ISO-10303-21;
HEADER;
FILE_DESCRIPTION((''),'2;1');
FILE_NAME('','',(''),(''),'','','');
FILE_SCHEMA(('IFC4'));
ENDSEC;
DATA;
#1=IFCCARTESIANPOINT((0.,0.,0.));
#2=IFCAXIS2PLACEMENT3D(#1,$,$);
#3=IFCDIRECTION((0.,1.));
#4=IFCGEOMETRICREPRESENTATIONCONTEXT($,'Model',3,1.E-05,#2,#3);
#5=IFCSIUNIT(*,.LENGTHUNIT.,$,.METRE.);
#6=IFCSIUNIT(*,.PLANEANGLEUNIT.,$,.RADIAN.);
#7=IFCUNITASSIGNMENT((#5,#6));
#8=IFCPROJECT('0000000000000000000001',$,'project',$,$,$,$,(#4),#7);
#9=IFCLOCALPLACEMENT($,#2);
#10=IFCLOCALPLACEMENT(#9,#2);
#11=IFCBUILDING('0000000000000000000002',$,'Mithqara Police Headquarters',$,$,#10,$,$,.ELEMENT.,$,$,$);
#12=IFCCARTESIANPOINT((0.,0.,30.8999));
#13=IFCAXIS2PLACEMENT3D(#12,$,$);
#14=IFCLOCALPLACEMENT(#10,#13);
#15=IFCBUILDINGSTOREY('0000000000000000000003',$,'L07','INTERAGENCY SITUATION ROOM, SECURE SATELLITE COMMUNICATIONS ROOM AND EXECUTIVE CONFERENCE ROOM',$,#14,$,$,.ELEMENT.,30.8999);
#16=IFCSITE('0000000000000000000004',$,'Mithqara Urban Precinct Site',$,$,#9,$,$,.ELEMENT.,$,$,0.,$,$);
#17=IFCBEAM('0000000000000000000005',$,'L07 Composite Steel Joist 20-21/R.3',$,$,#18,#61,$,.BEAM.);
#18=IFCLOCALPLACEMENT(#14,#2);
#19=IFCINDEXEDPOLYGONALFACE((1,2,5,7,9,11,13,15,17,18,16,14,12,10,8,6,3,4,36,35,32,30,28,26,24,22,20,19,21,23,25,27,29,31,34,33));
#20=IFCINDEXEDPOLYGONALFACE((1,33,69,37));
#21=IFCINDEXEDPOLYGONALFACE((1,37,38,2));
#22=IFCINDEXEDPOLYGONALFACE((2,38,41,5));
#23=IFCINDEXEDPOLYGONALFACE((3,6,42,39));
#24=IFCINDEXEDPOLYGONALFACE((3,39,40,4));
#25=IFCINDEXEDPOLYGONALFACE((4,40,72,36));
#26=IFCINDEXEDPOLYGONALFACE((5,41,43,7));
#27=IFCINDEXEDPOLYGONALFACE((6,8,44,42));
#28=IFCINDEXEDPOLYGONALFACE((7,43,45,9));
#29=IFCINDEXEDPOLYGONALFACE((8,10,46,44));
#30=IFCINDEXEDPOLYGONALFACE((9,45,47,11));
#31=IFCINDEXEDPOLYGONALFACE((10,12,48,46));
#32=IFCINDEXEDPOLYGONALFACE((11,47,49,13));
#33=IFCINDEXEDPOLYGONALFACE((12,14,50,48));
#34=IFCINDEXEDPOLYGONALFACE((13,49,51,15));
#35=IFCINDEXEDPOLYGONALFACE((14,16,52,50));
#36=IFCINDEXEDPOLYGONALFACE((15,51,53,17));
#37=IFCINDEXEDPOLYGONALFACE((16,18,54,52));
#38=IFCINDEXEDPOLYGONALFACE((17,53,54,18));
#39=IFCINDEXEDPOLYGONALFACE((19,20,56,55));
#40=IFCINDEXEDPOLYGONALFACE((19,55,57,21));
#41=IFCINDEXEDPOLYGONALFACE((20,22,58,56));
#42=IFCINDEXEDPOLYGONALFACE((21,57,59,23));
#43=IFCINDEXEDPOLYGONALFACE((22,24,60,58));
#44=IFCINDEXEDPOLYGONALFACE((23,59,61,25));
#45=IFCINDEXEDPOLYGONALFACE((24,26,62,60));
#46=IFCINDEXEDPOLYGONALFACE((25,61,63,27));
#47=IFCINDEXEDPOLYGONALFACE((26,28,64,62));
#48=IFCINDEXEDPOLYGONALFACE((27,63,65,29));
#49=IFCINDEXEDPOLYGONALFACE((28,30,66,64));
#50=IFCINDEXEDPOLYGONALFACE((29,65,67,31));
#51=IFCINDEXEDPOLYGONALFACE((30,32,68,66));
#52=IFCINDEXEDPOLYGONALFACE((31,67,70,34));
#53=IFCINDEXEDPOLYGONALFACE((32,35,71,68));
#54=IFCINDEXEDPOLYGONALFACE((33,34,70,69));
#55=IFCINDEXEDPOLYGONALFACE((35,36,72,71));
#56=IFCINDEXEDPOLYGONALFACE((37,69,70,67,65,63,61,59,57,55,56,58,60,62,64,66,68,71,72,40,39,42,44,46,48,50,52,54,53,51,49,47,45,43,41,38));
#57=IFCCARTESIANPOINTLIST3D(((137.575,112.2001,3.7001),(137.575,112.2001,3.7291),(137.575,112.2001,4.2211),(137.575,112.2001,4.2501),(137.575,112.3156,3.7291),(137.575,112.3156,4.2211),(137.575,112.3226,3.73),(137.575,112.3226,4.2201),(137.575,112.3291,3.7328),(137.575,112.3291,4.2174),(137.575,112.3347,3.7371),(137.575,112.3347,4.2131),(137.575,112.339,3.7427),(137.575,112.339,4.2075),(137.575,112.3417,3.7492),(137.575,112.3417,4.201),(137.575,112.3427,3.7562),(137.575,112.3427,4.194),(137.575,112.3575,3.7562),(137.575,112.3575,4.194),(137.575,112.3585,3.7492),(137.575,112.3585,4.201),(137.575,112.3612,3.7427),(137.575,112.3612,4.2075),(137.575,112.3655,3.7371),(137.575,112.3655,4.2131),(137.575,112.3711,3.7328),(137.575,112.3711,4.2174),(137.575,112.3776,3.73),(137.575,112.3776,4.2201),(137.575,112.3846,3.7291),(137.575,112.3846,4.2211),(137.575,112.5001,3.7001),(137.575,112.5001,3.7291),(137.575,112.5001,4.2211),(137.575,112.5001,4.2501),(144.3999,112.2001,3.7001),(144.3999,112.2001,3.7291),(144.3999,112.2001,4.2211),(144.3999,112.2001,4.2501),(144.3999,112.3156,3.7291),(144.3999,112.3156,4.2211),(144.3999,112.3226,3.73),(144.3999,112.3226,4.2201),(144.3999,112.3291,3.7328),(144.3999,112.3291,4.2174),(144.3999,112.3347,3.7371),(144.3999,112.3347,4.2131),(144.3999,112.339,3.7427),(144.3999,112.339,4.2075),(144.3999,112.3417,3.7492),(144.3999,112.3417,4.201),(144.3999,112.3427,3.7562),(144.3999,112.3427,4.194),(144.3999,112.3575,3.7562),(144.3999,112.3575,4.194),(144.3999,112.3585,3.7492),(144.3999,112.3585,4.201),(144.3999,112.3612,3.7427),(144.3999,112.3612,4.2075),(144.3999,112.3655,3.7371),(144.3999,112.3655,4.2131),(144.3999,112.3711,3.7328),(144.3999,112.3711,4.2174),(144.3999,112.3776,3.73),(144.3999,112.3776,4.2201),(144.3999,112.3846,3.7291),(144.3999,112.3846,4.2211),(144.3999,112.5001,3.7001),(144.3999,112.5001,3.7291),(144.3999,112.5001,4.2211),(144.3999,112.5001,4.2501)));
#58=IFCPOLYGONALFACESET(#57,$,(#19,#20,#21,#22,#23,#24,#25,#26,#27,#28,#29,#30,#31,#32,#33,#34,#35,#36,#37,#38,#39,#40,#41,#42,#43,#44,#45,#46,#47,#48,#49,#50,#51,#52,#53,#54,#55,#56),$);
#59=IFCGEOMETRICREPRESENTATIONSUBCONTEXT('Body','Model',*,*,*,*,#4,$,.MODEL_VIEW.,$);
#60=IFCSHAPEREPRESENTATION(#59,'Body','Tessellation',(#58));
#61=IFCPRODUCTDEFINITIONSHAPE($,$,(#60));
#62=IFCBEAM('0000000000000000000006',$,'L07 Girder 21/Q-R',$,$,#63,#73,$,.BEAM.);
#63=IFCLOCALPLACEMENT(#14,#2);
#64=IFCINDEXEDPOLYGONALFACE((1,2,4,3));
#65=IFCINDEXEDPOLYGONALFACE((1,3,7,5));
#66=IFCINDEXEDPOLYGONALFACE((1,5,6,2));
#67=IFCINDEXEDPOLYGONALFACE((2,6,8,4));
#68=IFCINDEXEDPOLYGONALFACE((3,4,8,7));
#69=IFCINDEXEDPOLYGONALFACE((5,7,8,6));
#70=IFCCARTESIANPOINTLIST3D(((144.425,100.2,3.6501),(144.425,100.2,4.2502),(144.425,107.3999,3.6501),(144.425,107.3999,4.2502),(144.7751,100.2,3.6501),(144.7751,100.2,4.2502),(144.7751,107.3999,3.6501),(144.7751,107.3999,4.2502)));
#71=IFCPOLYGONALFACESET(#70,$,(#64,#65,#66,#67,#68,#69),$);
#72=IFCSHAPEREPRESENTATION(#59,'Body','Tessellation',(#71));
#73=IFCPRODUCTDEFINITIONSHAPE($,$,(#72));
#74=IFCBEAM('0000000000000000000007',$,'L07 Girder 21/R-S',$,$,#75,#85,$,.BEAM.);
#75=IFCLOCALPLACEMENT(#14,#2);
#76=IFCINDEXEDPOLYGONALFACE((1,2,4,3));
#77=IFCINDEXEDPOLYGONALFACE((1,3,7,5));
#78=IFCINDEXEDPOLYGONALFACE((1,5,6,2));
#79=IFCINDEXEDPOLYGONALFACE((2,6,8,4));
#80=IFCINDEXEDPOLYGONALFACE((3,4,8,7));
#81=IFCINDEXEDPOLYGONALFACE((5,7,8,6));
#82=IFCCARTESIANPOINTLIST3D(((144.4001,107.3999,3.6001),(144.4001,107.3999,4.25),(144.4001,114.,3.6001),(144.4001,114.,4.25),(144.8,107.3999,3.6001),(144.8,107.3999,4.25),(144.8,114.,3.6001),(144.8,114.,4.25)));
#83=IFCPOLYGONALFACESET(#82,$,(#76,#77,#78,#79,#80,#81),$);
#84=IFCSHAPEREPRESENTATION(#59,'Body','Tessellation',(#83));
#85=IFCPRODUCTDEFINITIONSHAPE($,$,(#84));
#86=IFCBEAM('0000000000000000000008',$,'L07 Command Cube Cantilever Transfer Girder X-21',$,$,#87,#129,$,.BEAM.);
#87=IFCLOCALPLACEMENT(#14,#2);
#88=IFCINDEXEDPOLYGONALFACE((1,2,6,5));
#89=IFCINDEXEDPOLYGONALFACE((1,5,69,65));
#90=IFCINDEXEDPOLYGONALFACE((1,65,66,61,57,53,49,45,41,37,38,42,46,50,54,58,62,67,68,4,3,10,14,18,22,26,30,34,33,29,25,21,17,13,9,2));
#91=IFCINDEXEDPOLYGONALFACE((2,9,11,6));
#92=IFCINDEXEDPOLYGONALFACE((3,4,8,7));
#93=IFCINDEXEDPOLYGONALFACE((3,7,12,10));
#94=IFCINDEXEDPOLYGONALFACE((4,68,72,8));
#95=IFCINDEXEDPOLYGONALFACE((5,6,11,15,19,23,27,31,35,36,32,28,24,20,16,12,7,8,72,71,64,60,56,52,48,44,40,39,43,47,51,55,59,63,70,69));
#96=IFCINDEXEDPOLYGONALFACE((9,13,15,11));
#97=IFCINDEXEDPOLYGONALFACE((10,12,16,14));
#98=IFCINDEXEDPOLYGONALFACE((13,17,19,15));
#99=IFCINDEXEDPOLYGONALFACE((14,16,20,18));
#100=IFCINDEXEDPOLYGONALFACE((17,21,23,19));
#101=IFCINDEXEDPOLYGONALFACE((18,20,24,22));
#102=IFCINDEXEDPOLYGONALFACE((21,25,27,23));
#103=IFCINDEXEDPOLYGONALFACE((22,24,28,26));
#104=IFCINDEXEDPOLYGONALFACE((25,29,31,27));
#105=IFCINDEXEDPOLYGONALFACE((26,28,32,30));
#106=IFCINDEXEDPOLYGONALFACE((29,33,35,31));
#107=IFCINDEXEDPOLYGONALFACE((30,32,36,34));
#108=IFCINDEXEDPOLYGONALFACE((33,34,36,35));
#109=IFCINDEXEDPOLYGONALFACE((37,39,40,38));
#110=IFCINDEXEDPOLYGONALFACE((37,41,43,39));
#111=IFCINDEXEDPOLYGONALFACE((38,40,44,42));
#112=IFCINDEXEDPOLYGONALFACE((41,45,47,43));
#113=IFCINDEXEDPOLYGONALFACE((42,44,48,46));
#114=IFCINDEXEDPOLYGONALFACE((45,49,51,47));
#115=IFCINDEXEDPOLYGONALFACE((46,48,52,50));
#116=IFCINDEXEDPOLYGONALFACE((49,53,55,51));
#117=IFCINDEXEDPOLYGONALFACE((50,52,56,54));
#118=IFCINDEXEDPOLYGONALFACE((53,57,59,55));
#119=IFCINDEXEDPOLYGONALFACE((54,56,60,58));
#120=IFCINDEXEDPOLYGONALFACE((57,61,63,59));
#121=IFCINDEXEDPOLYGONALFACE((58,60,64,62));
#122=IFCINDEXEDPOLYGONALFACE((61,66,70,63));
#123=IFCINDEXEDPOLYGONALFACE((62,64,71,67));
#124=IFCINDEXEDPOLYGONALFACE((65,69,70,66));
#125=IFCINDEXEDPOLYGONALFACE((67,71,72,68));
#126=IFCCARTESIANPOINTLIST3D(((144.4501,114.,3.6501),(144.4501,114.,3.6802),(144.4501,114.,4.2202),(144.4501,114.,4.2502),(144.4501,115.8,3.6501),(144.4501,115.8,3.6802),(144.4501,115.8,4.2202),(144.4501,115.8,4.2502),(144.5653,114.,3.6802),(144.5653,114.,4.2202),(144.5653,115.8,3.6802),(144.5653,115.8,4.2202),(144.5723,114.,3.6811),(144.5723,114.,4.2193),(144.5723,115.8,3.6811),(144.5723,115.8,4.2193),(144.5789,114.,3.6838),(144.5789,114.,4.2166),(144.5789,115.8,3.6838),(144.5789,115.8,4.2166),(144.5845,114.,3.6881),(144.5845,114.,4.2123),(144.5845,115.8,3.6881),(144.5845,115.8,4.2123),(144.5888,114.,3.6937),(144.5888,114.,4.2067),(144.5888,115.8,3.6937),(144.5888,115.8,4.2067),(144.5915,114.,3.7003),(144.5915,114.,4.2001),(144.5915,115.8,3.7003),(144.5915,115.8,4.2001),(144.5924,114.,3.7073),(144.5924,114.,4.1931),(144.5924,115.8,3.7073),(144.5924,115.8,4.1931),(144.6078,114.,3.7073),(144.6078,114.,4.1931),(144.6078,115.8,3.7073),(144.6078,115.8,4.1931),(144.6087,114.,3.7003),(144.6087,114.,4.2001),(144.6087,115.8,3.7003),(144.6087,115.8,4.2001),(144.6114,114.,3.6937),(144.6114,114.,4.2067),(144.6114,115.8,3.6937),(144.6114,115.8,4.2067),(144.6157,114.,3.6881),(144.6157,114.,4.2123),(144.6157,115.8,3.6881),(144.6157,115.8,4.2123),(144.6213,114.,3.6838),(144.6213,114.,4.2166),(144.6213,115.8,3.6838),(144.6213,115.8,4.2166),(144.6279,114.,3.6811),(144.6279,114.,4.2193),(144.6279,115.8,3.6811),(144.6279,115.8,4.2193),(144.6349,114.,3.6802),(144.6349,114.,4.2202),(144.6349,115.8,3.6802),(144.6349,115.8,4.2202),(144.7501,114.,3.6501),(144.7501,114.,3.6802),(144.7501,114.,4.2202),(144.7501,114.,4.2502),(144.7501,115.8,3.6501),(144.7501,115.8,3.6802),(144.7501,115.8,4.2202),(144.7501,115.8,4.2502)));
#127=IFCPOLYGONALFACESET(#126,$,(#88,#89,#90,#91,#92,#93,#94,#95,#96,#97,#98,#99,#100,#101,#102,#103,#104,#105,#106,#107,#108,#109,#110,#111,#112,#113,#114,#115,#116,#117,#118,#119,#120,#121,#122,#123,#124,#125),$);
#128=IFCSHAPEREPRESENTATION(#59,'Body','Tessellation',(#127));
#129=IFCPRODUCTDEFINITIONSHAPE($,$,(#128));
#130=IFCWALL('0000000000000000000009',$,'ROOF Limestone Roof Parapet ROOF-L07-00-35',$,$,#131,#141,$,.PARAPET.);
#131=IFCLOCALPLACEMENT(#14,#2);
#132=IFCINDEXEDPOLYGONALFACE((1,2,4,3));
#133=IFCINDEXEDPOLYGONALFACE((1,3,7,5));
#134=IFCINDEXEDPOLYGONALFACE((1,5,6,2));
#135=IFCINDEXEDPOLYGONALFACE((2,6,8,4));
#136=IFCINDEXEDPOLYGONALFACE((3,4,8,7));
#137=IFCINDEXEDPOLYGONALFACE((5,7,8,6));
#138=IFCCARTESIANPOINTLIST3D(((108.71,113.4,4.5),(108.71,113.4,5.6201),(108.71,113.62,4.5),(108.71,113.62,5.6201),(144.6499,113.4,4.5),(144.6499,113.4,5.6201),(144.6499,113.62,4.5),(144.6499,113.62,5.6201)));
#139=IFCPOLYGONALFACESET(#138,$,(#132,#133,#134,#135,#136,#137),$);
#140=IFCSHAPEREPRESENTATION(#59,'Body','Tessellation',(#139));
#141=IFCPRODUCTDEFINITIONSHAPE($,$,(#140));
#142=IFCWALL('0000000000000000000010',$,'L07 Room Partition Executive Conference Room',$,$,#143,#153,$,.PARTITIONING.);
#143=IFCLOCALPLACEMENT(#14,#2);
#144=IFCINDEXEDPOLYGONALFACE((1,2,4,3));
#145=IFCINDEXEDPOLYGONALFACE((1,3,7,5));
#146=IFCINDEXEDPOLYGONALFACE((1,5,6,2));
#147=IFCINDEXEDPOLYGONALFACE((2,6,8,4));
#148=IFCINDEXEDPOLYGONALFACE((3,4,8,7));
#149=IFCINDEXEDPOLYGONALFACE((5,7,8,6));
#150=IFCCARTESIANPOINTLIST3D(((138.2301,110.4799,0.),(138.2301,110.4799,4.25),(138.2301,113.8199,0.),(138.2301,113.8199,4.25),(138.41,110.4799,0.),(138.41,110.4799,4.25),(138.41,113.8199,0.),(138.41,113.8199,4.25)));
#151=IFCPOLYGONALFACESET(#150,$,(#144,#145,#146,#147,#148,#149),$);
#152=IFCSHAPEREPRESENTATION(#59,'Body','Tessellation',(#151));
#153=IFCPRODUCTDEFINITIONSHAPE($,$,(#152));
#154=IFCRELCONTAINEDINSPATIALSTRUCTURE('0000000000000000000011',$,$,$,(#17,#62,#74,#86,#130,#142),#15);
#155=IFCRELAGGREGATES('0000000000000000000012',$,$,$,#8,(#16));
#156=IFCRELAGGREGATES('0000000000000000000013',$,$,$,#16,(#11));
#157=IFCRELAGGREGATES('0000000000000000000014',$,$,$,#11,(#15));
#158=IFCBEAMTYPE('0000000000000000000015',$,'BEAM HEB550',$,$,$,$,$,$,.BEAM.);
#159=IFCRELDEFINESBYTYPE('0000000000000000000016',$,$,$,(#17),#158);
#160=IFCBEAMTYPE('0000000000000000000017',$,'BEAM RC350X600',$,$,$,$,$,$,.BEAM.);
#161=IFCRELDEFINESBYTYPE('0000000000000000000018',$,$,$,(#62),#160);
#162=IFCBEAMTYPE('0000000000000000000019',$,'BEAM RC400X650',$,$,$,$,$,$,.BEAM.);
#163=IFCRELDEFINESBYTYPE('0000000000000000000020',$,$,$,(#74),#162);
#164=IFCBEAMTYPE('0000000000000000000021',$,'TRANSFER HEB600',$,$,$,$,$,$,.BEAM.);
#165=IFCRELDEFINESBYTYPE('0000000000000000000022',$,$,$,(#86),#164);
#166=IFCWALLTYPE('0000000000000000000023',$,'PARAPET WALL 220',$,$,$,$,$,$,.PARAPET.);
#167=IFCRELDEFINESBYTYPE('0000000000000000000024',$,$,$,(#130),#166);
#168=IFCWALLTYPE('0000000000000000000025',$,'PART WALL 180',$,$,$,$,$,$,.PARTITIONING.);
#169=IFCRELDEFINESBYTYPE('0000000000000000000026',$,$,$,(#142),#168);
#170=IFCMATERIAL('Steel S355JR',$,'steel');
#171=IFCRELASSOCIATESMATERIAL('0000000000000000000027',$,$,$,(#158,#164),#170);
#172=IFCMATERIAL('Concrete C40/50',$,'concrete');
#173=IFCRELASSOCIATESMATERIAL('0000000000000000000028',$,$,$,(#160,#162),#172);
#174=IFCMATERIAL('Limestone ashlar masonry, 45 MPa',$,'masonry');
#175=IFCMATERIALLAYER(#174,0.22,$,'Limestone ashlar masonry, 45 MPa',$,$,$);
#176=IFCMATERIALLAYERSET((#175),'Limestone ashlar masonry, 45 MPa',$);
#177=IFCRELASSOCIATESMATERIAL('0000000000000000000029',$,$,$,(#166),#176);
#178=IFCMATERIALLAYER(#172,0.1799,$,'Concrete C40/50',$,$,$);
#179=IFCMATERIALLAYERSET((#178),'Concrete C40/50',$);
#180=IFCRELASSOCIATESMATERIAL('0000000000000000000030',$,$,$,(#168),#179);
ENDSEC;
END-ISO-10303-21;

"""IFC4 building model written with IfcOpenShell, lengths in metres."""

from ifc_helpers import new_model, si_unit, direction, frame, frame_2d, origin, origin_2d, place, context, subcontext, project, spatial, rectangle, i_section, extrude, material, layer, layer_set, material_profile, profile_set, type_object, element, save


model = new_model("IFC4")

# Units and contexts
model_context = context("Model", 3, precision=1e-05, world=origin(), true_north=direction((0.0, 1.0)))
body_context = subcontext(model_context, "Body", "Model", "MODEL_VIEW")
ifc_project = project(units=[si_unit("LENGTHUNIT", "METRE"), si_unit("PLANEANGLEUNIT", "RADIAN")], contexts=[model_context])

# Site, building, storey
site_placement = place(None, origin())
site = spatial("IfcSite", under=ifc_project, at=site_placement, Name="Mithqara Urban Precinct Site", CompositionType="ELEMENT", RefElevation=0.0)
building_placement = place(site_placement, origin())
building = spatial("IfcBuilding", under=site, at=building_placement, Name="Mithqara Police Headquarters", CompositionType="ELEMENT")
storey_placement = place(building_placement, frame((0.0, 0.0, 30.8999)))
storey = spatial("IfcBuildingStorey", under=building, at=storey_placement, Name="L07", Description="INTERAGENCY SITUATION ROOM, SECURE SATELLITE COMMUNICATIONS ROOM AND EXECUTIVE CONFERENCE ROOM", CompositionType="ELEMENT", Elevation=30.8999)

# Beams
ifc_material_1 = material(Name="Steel S355JR", Category="steel")
ifc_material_profile_1 = material_profile(ifc_material_1, i_section(OverallWidth=0.3, OverallDepth=0.55, WebThickness=0.0149, FlangeThickness=0.0291, FilletRadius=0.0271, at=origin_2d()), Name="HEB 550")
ifc_profile_set_1 = profile_set([ifc_material_profile_1], Name="Steel S355JR")
beam_type_1 = type_object("IfcBeamType", Name="BEAM HEB550", PredefinedType="BEAM", material=ifc_profile_set_1)
for number, where, z_axis, x_axis, name in (
    (1, (137.575, 112.3501, 3.9751), (1.0, 0.0, 0.0), (0.0, 1.0, 0.0), "L07 Composite Steel Joist 20-21/R.3"),
):
    element("IfcBeam", number, at=place(storey_placement, frame(where, z_axis=z_axis, x_axis=x_axis)), inside=storey, type_object=beam_type_1, Name=name, PredefinedType="BEAM", context=body_context, shape_type="SweptSolid", body=[
        extrude(i_section(OverallWidth=0.3, OverallDepth=0.55, WebThickness=0.0149, FlangeThickness=0.0291, FilletRadius=0.0271, at=origin_2d()), origin(), (0.0, 0.0, 1.0), 6.825),
    ])
ifc_material_2 = material(Name="Concrete C40/50", Category="concrete")
ifc_material_profile_2 = material_profile(ifc_material_2, rectangle(XDim=0.3501, YDim=0.6001, at=origin_2d()), Name="RC 350x600")
ifc_profile_set_2 = profile_set([ifc_material_profile_2], Name="Concrete C40/50")
beam_type_2 = type_object("IfcBeamType", Name="BEAM RC350X600", PredefinedType="BEAM", material=ifc_profile_set_2)
beam_1_placement = place(storey_placement, frame((144.6001, 100.2, 3.9502), z_axis=(0.0, 1.0, 0.0), x_axis=(-1.0, 0.0, 0.0)))
element("IfcBeam", 2, at=beam_1_placement, inside=storey, type_object=beam_type_2, Name="L07 Girder 21/Q-R", PredefinedType="BEAM", context=body_context, shape_type="SweptSolid", body=[
    extrude(rectangle(XDim=0.3501, YDim=0.6001, at=origin_2d()), origin(), (0.0, 0.0, 1.0), 7.2),
])
ifc_material_profile_3 = material_profile(ifc_material_2, rectangle(XDim=0.3999, YDim=0.6499, at=origin_2d()), Name="RC 400x650")
ifc_profile_set_3 = profile_set([ifc_material_profile_3], Name="Concrete C40/50")
beam_type_3 = type_object("IfcBeamType", Name="BEAM RC400X650", PredefinedType="BEAM", material=ifc_profile_set_3)
beam_2_placement = place(storey_placement, frame((144.6001, 107.3999, 3.925), z_axis=(0.0, 1.0, 0.0), x_axis=(-1.0, 0.0, 0.0)))
element("IfcBeam", 3, at=beam_2_placement, inside=storey, type_object=beam_type_3, Name="L07 Girder 21/R-S", PredefinedType="BEAM", context=body_context, shape_type="SweptSolid", body=[
    extrude(rectangle(XDim=0.3999, YDim=0.6499, at=origin_2d()), origin(), (0.0, 0.0, 1.0), 6.6001),
])
ifc_material_profile_4 = material_profile(ifc_material_1, i_section(OverallWidth=0.3, OverallDepth=0.6001, WebThickness=0.0154, FlangeThickness=0.03, FilletRadius=0.0271, at=origin_2d()), Name="HEB 600")
ifc_profile_set_4 = profile_set([ifc_material_profile_4], Name="Steel S355JR")
beam_type_4 = type_object("IfcBeamType", Name="TRANSFER HEB600", PredefinedType="BEAM", material=ifc_profile_set_4)
beam_3_placement = place(storey_placement, frame((144.6001, 114.0, 3.9502), z_axis=(0.0, 1.0, 0.0), x_axis=(-1.0, 0.0, 0.0)))
element("IfcBeam", 4, at=beam_3_placement, inside=storey, type_object=beam_type_4, Name="L07 Command Cube Cantilever Transfer Girder X-21", PredefinedType="BEAM", context=body_context, shape_type="SweptSolid", body=[
    extrude(i_section(OverallWidth=0.3, OverallDepth=0.6001, WebThickness=0.0154, FlangeThickness=0.03, FilletRadius=0.0271, at=origin_2d()), origin(), (0.0, 0.0, 1.0), 1.8),
])

# Walls
ifc_material_3 = material(Name="Limestone ashlar masonry, 45 MPa", Category="masonry")
ifc_layer_1 = layer(ifc_material_3, 0.22, Name="Limestone ashlar masonry, 45 MPa")
ifc_layer_set_1 = layer_set([ifc_layer_1], Name="Limestone ashlar masonry, 45 MPa")
wall_type_1 = type_object("IfcWallType", Name="PARAPET WALL 220", PredefinedType="PARAPET", material=ifc_layer_set_1)
wall_1_placement = place(storey_placement, frame((144.6499, 113.51, 4.5), z_axis=(0.0, 0.0, 1.0), x_axis=(-1.0, 0.0, 0.0)))
element("IfcWall", 5, at=wall_1_placement, inside=storey, type_object=wall_type_1, Name="ROOF Limestone Roof Parapet ROOF-L07-00-35", PredefinedType="PARAPET", context=body_context, shape_type="SweptSolid", body=[
    extrude(rectangle(XDim=35.9399, YDim=0.22, at=frame_2d((17.97, 0.0))), origin(), (0.0, 0.0, 1.0), 1.1201),
])
ifc_layer_2 = layer(ifc_material_2, 0.1799, Name="Concrete C40/50")
ifc_layer_set_2 = layer_set([ifc_layer_2], Name="Concrete C40/50")
wall_type_2 = type_object("IfcWallType", Name="PART WALL 180", PredefinedType="PARTITIONING", material=ifc_layer_set_2)
wall_2_placement = place(storey_placement, frame((138.3201, 110.48, 0.0), z_axis=(0.0, 0.0, 1.0), x_axis=(0.0, 1.0, 0.0)))
element("IfcWall", 6, at=wall_2_placement, inside=storey, type_object=wall_type_2, Name="L07 Room Partition Executive Conference Room", PredefinedType="PARTITIONING", context=body_context, shape_type="SweptSolid", body=[
    extrude(rectangle(XDim=3.3401, YDim=0.1799, at=frame_2d((1.6699, 0.0))), origin(), (0.0, 0.0, 1.0), 4.25),
])

save(model, "model.ifc")
